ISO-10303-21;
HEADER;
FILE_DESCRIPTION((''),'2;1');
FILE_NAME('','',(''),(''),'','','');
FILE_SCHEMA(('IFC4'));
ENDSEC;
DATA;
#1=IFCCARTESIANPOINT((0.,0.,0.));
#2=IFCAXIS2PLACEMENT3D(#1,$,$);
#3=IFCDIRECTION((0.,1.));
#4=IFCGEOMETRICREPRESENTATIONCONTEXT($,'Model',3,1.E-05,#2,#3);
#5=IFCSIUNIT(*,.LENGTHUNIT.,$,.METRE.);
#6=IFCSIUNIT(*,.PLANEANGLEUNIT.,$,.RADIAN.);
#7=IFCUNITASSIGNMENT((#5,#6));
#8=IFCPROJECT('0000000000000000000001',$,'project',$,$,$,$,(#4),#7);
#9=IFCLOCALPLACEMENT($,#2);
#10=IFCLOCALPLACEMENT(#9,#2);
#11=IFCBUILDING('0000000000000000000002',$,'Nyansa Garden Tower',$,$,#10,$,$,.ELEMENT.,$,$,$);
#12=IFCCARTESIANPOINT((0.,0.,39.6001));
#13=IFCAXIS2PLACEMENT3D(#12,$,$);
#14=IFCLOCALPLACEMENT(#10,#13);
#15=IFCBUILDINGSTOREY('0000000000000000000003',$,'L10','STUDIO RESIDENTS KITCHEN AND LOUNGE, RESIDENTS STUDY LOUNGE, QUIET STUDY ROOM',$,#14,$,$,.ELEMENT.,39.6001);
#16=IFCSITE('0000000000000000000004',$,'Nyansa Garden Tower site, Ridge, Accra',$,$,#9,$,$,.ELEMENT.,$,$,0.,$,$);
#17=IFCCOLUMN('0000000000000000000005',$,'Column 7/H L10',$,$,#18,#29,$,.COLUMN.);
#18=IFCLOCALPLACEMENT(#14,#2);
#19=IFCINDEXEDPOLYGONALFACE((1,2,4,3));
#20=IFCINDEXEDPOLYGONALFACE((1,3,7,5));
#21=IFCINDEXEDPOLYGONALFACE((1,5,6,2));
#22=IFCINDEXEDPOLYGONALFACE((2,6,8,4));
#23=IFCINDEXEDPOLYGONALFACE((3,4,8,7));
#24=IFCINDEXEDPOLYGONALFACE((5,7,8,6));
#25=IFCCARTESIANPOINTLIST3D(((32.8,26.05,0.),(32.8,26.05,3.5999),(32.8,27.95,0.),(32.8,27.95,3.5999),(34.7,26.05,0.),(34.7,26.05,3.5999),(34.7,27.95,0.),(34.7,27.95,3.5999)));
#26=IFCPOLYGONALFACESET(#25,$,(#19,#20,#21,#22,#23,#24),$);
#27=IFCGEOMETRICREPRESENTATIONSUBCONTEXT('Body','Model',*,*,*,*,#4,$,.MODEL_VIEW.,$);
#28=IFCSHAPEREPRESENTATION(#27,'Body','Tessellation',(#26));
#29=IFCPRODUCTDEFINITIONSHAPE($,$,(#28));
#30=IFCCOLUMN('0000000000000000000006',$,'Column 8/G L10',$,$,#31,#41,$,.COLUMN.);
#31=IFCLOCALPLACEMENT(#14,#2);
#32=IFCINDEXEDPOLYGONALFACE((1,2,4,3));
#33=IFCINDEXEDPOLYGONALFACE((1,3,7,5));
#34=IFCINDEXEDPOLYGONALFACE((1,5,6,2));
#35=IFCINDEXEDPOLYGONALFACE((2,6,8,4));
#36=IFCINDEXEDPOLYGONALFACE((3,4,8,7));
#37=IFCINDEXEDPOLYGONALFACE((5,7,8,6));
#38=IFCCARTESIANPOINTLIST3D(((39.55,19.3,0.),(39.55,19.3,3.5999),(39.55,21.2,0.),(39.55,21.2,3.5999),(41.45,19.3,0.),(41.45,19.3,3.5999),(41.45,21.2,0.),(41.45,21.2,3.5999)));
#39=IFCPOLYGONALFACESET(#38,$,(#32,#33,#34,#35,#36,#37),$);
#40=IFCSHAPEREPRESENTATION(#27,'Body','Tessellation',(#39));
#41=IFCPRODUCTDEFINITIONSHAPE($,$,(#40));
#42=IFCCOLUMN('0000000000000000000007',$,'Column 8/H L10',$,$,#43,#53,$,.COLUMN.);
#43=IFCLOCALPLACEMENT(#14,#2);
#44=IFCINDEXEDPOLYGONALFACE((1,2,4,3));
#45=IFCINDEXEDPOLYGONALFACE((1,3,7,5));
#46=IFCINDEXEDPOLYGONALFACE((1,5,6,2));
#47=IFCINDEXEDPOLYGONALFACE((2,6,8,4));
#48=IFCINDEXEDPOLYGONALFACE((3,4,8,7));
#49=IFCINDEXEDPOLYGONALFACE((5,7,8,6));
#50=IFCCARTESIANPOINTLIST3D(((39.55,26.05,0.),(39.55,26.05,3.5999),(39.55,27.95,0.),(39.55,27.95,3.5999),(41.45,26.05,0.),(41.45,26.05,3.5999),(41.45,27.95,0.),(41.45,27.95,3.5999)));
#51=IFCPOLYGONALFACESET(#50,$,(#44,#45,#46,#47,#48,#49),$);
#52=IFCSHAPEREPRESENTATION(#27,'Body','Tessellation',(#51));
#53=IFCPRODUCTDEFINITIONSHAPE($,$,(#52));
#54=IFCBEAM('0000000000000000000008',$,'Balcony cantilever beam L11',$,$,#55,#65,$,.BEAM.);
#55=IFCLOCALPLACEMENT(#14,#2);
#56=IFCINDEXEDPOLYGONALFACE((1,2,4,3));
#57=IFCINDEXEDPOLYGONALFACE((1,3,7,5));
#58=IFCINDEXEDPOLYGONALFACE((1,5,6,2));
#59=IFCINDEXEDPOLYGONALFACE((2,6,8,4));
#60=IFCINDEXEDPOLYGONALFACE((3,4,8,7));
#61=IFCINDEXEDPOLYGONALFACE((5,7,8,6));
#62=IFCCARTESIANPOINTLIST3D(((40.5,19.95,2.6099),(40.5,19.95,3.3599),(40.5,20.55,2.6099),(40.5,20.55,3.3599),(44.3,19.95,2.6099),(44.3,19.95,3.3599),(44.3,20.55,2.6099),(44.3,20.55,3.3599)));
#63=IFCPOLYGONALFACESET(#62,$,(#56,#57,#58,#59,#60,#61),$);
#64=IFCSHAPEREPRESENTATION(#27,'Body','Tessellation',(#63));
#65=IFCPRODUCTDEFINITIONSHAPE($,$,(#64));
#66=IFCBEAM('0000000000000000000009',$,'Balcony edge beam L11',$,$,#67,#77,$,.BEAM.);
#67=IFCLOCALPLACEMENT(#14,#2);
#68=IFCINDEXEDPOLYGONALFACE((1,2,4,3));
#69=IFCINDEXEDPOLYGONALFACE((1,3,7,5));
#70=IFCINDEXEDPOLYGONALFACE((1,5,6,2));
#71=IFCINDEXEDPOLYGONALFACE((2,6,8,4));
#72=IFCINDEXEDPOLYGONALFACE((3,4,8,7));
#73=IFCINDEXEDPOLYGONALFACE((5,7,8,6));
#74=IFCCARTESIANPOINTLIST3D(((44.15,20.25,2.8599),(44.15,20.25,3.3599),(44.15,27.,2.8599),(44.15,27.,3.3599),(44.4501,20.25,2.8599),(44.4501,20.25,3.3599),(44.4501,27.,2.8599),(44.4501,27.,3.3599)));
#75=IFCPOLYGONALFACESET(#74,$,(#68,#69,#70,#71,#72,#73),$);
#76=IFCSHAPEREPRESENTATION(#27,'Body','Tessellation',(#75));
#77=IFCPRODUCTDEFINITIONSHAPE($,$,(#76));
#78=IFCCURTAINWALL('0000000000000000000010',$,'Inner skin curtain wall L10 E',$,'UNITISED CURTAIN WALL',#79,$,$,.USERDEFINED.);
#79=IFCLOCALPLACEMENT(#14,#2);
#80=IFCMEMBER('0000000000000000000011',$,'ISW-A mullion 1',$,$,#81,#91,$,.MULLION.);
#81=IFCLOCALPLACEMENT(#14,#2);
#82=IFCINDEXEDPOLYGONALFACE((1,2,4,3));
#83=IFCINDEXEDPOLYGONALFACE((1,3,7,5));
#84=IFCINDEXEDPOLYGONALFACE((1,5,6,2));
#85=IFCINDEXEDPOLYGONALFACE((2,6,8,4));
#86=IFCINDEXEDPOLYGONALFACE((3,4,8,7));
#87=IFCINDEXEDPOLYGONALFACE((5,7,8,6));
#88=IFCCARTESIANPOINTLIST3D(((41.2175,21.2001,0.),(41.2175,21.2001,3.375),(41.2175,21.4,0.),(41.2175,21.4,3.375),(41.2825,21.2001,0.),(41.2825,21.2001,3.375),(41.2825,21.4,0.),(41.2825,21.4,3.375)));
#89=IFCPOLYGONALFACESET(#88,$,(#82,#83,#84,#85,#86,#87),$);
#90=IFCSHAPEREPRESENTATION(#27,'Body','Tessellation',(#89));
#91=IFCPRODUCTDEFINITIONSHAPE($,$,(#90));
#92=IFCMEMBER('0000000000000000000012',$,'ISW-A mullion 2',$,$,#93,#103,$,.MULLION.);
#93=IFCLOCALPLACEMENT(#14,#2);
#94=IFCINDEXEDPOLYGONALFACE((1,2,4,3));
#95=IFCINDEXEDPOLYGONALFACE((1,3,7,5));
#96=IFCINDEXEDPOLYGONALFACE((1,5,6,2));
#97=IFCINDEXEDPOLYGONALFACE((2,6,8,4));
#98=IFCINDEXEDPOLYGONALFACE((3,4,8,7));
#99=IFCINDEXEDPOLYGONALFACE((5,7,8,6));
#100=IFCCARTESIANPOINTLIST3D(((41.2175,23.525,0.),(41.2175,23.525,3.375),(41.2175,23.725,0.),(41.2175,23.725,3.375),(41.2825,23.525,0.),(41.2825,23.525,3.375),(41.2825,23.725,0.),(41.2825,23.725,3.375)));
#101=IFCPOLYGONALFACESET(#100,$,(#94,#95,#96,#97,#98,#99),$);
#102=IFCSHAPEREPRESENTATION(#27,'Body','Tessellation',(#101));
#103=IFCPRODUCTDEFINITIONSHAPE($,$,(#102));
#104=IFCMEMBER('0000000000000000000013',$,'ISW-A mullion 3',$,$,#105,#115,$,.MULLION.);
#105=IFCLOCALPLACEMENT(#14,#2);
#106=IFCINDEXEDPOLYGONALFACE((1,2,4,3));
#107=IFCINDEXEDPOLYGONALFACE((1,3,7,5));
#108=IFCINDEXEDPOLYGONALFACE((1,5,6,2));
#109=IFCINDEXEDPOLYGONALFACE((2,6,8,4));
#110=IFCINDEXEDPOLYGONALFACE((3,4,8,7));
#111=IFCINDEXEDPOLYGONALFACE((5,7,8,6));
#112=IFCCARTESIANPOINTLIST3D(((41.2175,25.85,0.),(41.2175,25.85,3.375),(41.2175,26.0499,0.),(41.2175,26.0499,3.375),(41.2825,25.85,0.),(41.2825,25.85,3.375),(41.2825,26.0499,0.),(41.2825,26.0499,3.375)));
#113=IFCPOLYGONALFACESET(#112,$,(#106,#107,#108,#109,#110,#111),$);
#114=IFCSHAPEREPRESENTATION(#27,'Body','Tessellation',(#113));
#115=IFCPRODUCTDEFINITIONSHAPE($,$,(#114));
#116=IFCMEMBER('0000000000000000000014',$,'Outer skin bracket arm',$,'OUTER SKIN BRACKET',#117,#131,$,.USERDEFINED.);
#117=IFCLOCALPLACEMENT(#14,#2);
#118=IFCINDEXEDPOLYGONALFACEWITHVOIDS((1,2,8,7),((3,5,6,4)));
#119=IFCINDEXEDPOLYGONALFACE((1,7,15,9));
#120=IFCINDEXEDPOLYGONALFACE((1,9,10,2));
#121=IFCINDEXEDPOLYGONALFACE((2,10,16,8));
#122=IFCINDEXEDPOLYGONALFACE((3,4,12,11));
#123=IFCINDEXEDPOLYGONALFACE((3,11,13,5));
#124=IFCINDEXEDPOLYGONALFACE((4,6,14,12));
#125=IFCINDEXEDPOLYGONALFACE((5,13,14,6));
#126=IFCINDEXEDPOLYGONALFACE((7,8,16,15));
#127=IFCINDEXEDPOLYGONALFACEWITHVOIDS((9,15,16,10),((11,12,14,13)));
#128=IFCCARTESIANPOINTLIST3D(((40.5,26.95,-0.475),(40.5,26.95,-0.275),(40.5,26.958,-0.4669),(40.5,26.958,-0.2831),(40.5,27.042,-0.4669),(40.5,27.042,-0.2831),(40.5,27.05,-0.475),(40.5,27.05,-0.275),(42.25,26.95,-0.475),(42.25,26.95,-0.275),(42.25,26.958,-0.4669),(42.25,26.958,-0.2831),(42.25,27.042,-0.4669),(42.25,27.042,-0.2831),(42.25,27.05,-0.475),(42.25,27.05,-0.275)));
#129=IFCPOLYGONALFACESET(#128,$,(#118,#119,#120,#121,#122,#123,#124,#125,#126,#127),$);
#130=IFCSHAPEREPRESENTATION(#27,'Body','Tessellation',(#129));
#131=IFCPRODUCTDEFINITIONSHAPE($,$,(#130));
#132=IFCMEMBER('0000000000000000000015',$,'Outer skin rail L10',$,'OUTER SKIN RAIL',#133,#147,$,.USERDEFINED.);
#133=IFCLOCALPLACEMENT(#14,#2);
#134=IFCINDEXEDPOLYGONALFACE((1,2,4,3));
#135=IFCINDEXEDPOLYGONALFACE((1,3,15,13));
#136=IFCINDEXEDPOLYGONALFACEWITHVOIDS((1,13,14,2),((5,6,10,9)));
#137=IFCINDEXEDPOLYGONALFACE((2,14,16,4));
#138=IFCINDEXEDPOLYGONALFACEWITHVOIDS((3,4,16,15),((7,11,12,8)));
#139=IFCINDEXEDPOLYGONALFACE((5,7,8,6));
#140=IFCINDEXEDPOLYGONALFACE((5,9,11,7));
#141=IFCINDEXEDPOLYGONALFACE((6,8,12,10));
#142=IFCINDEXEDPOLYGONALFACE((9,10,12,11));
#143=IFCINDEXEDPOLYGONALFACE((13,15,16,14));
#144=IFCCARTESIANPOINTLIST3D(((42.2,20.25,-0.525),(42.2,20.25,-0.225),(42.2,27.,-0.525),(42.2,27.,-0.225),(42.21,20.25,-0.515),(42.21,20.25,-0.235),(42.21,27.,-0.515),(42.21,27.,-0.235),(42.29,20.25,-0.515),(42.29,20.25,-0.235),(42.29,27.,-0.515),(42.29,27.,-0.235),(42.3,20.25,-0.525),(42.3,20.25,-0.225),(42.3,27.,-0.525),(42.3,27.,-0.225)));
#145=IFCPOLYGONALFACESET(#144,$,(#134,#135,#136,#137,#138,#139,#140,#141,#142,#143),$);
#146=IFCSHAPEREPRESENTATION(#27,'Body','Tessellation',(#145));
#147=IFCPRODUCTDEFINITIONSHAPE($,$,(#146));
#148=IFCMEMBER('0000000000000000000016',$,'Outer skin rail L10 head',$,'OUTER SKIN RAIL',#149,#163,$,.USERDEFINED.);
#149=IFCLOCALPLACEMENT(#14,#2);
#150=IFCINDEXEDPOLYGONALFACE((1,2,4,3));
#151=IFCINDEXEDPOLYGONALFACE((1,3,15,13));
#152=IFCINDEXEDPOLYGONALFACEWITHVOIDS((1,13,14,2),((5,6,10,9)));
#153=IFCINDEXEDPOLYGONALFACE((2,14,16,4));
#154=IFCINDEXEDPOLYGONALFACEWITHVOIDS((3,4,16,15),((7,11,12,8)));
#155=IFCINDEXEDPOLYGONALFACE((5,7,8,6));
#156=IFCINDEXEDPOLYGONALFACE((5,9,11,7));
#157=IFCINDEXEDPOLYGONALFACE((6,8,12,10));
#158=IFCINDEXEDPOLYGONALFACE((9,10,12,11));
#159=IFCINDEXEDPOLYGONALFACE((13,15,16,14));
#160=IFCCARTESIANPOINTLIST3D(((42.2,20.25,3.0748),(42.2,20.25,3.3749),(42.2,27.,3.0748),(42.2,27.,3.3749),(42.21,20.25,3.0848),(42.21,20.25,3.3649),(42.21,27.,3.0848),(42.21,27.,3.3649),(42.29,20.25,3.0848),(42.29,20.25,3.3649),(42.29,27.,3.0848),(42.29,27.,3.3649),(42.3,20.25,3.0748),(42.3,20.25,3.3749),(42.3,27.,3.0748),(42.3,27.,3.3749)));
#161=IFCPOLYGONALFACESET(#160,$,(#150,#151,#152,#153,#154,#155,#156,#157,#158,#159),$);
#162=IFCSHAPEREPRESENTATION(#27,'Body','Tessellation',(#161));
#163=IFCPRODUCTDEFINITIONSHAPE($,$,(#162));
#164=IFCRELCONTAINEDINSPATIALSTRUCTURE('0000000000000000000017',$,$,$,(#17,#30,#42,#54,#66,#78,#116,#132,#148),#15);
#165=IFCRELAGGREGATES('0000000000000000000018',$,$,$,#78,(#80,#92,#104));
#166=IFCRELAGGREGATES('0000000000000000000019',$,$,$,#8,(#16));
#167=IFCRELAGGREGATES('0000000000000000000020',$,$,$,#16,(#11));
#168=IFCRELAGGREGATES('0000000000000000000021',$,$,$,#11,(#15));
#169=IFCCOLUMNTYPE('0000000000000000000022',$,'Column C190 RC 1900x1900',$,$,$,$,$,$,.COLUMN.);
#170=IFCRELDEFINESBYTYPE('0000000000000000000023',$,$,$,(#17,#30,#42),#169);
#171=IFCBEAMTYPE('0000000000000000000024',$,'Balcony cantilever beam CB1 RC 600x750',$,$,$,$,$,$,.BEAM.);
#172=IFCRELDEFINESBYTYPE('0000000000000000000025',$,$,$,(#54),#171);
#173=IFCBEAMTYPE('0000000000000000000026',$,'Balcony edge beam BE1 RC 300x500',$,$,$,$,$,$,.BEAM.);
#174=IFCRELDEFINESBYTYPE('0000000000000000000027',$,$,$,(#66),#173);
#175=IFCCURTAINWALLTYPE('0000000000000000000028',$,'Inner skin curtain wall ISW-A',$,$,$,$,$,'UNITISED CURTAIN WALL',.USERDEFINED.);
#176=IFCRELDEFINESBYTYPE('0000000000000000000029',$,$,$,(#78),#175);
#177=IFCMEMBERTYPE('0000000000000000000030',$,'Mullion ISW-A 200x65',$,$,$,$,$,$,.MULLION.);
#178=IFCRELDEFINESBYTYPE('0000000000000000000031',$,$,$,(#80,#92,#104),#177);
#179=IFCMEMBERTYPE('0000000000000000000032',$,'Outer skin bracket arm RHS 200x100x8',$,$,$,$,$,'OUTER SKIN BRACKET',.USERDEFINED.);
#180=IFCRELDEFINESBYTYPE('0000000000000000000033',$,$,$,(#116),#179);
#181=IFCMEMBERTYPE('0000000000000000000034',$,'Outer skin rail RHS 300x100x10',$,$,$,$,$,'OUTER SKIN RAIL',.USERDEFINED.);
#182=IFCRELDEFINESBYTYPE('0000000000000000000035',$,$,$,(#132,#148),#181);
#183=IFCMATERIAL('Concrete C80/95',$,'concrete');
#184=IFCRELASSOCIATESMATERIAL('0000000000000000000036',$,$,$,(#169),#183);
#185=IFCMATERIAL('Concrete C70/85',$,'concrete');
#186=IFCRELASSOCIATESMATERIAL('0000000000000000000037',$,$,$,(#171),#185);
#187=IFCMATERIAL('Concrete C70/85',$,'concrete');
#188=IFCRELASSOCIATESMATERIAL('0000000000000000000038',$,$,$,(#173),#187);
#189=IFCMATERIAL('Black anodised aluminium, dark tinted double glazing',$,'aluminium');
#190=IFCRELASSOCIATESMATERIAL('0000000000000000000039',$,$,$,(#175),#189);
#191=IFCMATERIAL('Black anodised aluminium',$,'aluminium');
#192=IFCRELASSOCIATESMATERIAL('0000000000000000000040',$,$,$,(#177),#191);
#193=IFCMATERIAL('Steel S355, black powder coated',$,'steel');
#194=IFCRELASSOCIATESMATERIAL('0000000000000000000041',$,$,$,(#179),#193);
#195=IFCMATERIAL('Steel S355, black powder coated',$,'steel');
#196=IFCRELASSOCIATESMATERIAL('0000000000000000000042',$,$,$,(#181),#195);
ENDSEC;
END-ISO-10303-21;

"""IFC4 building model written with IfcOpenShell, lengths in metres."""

from ifc_helpers import new_model, si_unit, direction, frame, origin, origin_2d, place, context, subcontext, project, spatial, rectangle, hollow_rectangle, extrude, material, material_profile, profile_set, type_object, element, aggregate, save


model = new_model("IFC4")

# Units and contexts
model_context = context("Model", 3, precision=1e-05, world=origin(), true_north=direction((0.0, 1.0)))
body_context = subcontext(model_context, "Body", "Model", "MODEL_VIEW")
ifc_project = project(units=[si_unit("LENGTHUNIT", "METRE"), si_unit("PLANEANGLEUNIT", "RADIAN")], contexts=[model_context])

# Site, building, storey
site_placement = place(None, origin())
site = spatial("IfcSite", under=ifc_project, at=site_placement, Name="Nyansa Garden Tower site, Ridge, Accra", CompositionType="ELEMENT", RefElevation=0.0)
building_placement = place(site_placement, origin())
building = spatial("IfcBuilding", under=site, at=building_placement, Name="Nyansa Garden Tower", CompositionType="ELEMENT")
storey_placement = place(building_placement, frame((0.0, 0.0, 39.6001)))
storey = spatial("IfcBuildingStorey", under=building, at=storey_placement, Name="L10", Description="STUDIO RESIDENTS KITCHEN AND LOUNGE, RESIDENTS STUDY LOUNGE, QUIET STUDY ROOM", CompositionType="ELEMENT", Elevation=39.6001)

# Columns
ifc_material_1 = material(Name="Concrete C80/95", Category="concrete")
ifc_material_profile_1 = material_profile(ifc_material_1, rectangle(XDim=1.8999, YDim=1.8999, at=origin_2d()), Name="RC 1900x1900")
ifc_profile_set_1 = profile_set([ifc_material_profile_1], Name="Concrete C80/95")
column_type = type_object("IfcColumnType", Name="Column C190 RC 1900x1900", PredefinedType="COLUMN", material=ifc_profile_set_1)
for number, where, z_axis, x_axis, name in (
    (1, (33.75, 27.0, 0.0), (0.0, 0.0, 1.0), (1.0, 0.0, 0.0), "Column 7/H L10"),
    (2, (40.5, 20.25, 0.0), (0.0, 0.0, 1.0), (1.0, 0.0, 0.0), "Column 8/G L10"),
    (3, (40.5, 27.0, 0.0), (0.0, 0.0, 1.0), (1.0, 0.0, 0.0), "Column 8/H L10"),
):
    element("IfcColumn", number, at=place(storey_placement, frame(where, z_axis=z_axis, x_axis=x_axis)), inside=storey, type_object=column_type, Name=name, PredefinedType="COLUMN", context=body_context, shape_type="SweptSolid", body=[
        extrude(rectangle(XDim=1.8999, YDim=1.8999, at=origin_2d()), origin(), (0.0, 0.0, 1.0), 3.5999),
    ])

# Beams
ifc_material_2 = material(Name="Concrete C70/85", Category="concrete")
ifc_material_profile_2 = material_profile(ifc_material_2, rectangle(XDim=0.6001, YDim=0.75, at=origin_2d()), Name="RC 600x750")
ifc_profile_set_2 = profile_set([ifc_material_profile_2], Name="Concrete C70/85")
beam_type_1 = type_object("IfcBeamType", Name="Balcony cantilever beam CB1 RC 600x750", PredefinedType="BEAM", material=ifc_profile_set_2)
beam_1_placement = place(storey_placement, frame((40.5, 20.25, 2.9849), z_axis=(1.0, 0.0, 0.0), x_axis=(0.0, 1.0, 0.0)))
element("IfcBeam", 4, at=beam_1_placement, inside=storey, type_object=beam_type_1, Name="Balcony cantilever beam L11", PredefinedType="BEAM", context=body_context, shape_type="SweptSolid", body=[
    extrude(rectangle(XDim=0.6001, YDim=0.75, at=origin_2d()), origin(), (0.0, 0.0, 1.0), 3.8),
])
ifc_material_3 = material(Name="Concrete C70/85", Category="concrete")
ifc_material_profile_3 = material_profile(ifc_material_3, rectangle(XDim=0.3, YDim=0.5, at=origin_2d()), Name="RC 300x500")
ifc_profile_set_3 = profile_set([ifc_material_profile_3], Name="Concrete C70/85")
beam_type_2 = type_object("IfcBeamType", Name="Balcony edge beam BE1 RC 300x500", PredefinedType="BEAM", material=ifc_profile_set_3)
beam_2_placement = place(storey_placement, frame((44.3, 20.25, 3.1099), z_axis=(0.0, 1.0, 0.0), x_axis=(-1.0, 0.0, 0.0)))
element("IfcBeam", 5, at=beam_2_placement, inside=storey, type_object=beam_type_2, Name="Balcony edge beam L11", PredefinedType="BEAM", context=body_context, shape_type="SweptSolid", body=[
    extrude(rectangle(XDim=0.3, YDim=0.5, at=origin_2d()), origin(), (0.0, 0.0, 1.0), 6.75),
])

# Curtain wall, members
ifc_material_4 = material(Name="Black anodised aluminium, dark tinted double glazing", Category="aluminium")
curtain_wall_type = type_object("IfcCurtainWallType", Name="Inner skin curtain wall ISW-A", ElementType="UNITISED CURTAIN WALL", PredefinedType="USERDEFINED", material=ifc_material_4)
curtain_wall_placement = place(storey_placement, origin())
curtain_wall = element("IfcCurtainWall", 6, at=curtain_wall_placement, inside=storey, type_object=curtain_wall_type, Name="Inner skin curtain wall L10 E", ObjectType="UNITISED CURTAIN WALL", PredefinedType="USERDEFINED")
ifc_material_5 = material(Name="Black anodised aluminium", Category="aluminium")
ifc_material_profile_4 = material_profile(ifc_material_5, rectangle(XDim=0.0649, YDim=0.2, at=origin_2d()), Name="Mullion 200x65")
ifc_profile_set_4 = profile_set([ifc_material_profile_4], Name="Black anodised aluminium")
member_type_1 = type_object("IfcMemberType", Name="Mullion ISW-A 200x65", PredefinedType="MULLION", material=ifc_profile_set_4)
member_1_placement = place(storey_placement, frame((41.25, 21.3, 0.0), z_axis=(0.0, 0.0, 1.0), x_axis=(-1.0, 0.0, 0.0)))
member_1 = element("IfcMember", 7, at=member_1_placement, type_object=member_type_1, Name="ISW-A mullion 1", PredefinedType="MULLION", context=body_context, shape_type="SweptSolid", body=[
    extrude(rectangle(XDim=0.0649, YDim=0.2, at=origin_2d()), origin(), (0.0, 0.0, 1.0), 3.375),
])
member_2_placement = place(storey_placement, frame((41.25, 23.625, 0.0), z_axis=(0.0, 0.0, 1.0), x_axis=(-1.0, 0.0, 0.0)))
member_2 = element("IfcMember", 8, at=member_2_placement, type_object=member_type_1, Name="ISW-A mullion 2", PredefinedType="MULLION", context=body_context, shape_type="SweptSolid", body=[
    extrude(rectangle(XDim=0.0649, YDim=0.2, at=origin_2d()), origin(), (0.0, 0.0, 1.0), 3.375),
])
member_3_placement = place(storey_placement, frame((41.25, 25.95, 0.0), z_axis=(0.0, 0.0, 1.0), x_axis=(-1.0, 0.0, 0.0)))
member_3 = element("IfcMember", 9, at=member_3_placement, type_object=member_type_1, Name="ISW-A mullion 3", PredefinedType="MULLION", context=body_context, shape_type="SweptSolid", body=[
    extrude(rectangle(XDim=0.0649, YDim=0.2, at=origin_2d()), origin(), (0.0, 0.0, 1.0), 3.375),
])

# Members
ifc_material_6 = material(Name="Steel S355, black powder coated", Category="steel")
ifc_material_profile_5 = material_profile(ifc_material_6, hollow_rectangle(XDim=0.1001, YDim=0.2, WallThickness=0.0081, at=origin_2d()), Name="RHS 200x100x8")
ifc_profile_set_5 = profile_set([ifc_material_profile_5], Name="Steel S355, black powder coated")
member_type_2 = type_object("IfcMemberType", Name="Outer skin bracket arm RHS 200x100x8", ElementType="OUTER SKIN BRACKET", PredefinedType="USERDEFINED", material=ifc_profile_set_5)
member_4_placement = place(storey_placement, frame((40.5, 27.0, -0.375), z_axis=(1.0, 0.0, 0.0), x_axis=(0.0, 1.0, 0.0)))
element("IfcMember", 10, at=member_4_placement, inside=storey, type_object=member_type_2, Name="Outer skin bracket arm", ObjectType="OUTER SKIN BRACKET", PredefinedType="USERDEFINED", context=body_context, shape_type="SweptSolid", body=[
    extrude(hollow_rectangle(XDim=0.1001, YDim=0.2, WallThickness=0.0081, at=origin_2d()), origin(), (0.0, 0.0, 1.0), 1.75),
])
ifc_material_7 = material(Name="Steel S355, black powder coated", Category="steel")
ifc_material_profile_6 = material_profile(ifc_material_7, hollow_rectangle(XDim=0.1001, YDim=0.3, WallThickness=0.01, at=origin_2d()), Name="RHS 300x100x10")
ifc_profile_set_6 = profile_set([ifc_material_profile_6], Name="Steel S355, black powder coated")
member_type_3 = type_object("IfcMemberType", Name="Outer skin rail RHS 300x100x10", ElementType="OUTER SKIN RAIL", PredefinedType="USERDEFINED", material=ifc_profile_set_6)
for number, where, z_axis, x_axis, name in (
    (11, (42.25, 20.25, -0.375), (0.0, 1.0, 0.0), (-1.0, 0.0, 0.0), "Outer skin rail L10"),
    (12, (42.25, 20.25, 3.2249), (0.0, 1.0, 0.0), (-1.0, 0.0, 0.0), "Outer skin rail L10 head"),
):
    element("IfcMember", number, at=place(storey_placement, frame(where, z_axis=z_axis, x_axis=x_axis)), inside=storey, type_object=member_type_3, Name=name, ObjectType="OUTER SKIN RAIL", PredefinedType="USERDEFINED", context=body_context, shape_type="SweptSolid", body=[
        extrude(hollow_rectangle(XDim=0.1001, YDim=0.3, WallThickness=0.01, at=origin_2d()), origin(), (0.0, 0.0, 1.0), 6.75),
    ])

aggregate(curtain_wall, [member_1, member_2, member_3])

save(model, "model.ifc")
